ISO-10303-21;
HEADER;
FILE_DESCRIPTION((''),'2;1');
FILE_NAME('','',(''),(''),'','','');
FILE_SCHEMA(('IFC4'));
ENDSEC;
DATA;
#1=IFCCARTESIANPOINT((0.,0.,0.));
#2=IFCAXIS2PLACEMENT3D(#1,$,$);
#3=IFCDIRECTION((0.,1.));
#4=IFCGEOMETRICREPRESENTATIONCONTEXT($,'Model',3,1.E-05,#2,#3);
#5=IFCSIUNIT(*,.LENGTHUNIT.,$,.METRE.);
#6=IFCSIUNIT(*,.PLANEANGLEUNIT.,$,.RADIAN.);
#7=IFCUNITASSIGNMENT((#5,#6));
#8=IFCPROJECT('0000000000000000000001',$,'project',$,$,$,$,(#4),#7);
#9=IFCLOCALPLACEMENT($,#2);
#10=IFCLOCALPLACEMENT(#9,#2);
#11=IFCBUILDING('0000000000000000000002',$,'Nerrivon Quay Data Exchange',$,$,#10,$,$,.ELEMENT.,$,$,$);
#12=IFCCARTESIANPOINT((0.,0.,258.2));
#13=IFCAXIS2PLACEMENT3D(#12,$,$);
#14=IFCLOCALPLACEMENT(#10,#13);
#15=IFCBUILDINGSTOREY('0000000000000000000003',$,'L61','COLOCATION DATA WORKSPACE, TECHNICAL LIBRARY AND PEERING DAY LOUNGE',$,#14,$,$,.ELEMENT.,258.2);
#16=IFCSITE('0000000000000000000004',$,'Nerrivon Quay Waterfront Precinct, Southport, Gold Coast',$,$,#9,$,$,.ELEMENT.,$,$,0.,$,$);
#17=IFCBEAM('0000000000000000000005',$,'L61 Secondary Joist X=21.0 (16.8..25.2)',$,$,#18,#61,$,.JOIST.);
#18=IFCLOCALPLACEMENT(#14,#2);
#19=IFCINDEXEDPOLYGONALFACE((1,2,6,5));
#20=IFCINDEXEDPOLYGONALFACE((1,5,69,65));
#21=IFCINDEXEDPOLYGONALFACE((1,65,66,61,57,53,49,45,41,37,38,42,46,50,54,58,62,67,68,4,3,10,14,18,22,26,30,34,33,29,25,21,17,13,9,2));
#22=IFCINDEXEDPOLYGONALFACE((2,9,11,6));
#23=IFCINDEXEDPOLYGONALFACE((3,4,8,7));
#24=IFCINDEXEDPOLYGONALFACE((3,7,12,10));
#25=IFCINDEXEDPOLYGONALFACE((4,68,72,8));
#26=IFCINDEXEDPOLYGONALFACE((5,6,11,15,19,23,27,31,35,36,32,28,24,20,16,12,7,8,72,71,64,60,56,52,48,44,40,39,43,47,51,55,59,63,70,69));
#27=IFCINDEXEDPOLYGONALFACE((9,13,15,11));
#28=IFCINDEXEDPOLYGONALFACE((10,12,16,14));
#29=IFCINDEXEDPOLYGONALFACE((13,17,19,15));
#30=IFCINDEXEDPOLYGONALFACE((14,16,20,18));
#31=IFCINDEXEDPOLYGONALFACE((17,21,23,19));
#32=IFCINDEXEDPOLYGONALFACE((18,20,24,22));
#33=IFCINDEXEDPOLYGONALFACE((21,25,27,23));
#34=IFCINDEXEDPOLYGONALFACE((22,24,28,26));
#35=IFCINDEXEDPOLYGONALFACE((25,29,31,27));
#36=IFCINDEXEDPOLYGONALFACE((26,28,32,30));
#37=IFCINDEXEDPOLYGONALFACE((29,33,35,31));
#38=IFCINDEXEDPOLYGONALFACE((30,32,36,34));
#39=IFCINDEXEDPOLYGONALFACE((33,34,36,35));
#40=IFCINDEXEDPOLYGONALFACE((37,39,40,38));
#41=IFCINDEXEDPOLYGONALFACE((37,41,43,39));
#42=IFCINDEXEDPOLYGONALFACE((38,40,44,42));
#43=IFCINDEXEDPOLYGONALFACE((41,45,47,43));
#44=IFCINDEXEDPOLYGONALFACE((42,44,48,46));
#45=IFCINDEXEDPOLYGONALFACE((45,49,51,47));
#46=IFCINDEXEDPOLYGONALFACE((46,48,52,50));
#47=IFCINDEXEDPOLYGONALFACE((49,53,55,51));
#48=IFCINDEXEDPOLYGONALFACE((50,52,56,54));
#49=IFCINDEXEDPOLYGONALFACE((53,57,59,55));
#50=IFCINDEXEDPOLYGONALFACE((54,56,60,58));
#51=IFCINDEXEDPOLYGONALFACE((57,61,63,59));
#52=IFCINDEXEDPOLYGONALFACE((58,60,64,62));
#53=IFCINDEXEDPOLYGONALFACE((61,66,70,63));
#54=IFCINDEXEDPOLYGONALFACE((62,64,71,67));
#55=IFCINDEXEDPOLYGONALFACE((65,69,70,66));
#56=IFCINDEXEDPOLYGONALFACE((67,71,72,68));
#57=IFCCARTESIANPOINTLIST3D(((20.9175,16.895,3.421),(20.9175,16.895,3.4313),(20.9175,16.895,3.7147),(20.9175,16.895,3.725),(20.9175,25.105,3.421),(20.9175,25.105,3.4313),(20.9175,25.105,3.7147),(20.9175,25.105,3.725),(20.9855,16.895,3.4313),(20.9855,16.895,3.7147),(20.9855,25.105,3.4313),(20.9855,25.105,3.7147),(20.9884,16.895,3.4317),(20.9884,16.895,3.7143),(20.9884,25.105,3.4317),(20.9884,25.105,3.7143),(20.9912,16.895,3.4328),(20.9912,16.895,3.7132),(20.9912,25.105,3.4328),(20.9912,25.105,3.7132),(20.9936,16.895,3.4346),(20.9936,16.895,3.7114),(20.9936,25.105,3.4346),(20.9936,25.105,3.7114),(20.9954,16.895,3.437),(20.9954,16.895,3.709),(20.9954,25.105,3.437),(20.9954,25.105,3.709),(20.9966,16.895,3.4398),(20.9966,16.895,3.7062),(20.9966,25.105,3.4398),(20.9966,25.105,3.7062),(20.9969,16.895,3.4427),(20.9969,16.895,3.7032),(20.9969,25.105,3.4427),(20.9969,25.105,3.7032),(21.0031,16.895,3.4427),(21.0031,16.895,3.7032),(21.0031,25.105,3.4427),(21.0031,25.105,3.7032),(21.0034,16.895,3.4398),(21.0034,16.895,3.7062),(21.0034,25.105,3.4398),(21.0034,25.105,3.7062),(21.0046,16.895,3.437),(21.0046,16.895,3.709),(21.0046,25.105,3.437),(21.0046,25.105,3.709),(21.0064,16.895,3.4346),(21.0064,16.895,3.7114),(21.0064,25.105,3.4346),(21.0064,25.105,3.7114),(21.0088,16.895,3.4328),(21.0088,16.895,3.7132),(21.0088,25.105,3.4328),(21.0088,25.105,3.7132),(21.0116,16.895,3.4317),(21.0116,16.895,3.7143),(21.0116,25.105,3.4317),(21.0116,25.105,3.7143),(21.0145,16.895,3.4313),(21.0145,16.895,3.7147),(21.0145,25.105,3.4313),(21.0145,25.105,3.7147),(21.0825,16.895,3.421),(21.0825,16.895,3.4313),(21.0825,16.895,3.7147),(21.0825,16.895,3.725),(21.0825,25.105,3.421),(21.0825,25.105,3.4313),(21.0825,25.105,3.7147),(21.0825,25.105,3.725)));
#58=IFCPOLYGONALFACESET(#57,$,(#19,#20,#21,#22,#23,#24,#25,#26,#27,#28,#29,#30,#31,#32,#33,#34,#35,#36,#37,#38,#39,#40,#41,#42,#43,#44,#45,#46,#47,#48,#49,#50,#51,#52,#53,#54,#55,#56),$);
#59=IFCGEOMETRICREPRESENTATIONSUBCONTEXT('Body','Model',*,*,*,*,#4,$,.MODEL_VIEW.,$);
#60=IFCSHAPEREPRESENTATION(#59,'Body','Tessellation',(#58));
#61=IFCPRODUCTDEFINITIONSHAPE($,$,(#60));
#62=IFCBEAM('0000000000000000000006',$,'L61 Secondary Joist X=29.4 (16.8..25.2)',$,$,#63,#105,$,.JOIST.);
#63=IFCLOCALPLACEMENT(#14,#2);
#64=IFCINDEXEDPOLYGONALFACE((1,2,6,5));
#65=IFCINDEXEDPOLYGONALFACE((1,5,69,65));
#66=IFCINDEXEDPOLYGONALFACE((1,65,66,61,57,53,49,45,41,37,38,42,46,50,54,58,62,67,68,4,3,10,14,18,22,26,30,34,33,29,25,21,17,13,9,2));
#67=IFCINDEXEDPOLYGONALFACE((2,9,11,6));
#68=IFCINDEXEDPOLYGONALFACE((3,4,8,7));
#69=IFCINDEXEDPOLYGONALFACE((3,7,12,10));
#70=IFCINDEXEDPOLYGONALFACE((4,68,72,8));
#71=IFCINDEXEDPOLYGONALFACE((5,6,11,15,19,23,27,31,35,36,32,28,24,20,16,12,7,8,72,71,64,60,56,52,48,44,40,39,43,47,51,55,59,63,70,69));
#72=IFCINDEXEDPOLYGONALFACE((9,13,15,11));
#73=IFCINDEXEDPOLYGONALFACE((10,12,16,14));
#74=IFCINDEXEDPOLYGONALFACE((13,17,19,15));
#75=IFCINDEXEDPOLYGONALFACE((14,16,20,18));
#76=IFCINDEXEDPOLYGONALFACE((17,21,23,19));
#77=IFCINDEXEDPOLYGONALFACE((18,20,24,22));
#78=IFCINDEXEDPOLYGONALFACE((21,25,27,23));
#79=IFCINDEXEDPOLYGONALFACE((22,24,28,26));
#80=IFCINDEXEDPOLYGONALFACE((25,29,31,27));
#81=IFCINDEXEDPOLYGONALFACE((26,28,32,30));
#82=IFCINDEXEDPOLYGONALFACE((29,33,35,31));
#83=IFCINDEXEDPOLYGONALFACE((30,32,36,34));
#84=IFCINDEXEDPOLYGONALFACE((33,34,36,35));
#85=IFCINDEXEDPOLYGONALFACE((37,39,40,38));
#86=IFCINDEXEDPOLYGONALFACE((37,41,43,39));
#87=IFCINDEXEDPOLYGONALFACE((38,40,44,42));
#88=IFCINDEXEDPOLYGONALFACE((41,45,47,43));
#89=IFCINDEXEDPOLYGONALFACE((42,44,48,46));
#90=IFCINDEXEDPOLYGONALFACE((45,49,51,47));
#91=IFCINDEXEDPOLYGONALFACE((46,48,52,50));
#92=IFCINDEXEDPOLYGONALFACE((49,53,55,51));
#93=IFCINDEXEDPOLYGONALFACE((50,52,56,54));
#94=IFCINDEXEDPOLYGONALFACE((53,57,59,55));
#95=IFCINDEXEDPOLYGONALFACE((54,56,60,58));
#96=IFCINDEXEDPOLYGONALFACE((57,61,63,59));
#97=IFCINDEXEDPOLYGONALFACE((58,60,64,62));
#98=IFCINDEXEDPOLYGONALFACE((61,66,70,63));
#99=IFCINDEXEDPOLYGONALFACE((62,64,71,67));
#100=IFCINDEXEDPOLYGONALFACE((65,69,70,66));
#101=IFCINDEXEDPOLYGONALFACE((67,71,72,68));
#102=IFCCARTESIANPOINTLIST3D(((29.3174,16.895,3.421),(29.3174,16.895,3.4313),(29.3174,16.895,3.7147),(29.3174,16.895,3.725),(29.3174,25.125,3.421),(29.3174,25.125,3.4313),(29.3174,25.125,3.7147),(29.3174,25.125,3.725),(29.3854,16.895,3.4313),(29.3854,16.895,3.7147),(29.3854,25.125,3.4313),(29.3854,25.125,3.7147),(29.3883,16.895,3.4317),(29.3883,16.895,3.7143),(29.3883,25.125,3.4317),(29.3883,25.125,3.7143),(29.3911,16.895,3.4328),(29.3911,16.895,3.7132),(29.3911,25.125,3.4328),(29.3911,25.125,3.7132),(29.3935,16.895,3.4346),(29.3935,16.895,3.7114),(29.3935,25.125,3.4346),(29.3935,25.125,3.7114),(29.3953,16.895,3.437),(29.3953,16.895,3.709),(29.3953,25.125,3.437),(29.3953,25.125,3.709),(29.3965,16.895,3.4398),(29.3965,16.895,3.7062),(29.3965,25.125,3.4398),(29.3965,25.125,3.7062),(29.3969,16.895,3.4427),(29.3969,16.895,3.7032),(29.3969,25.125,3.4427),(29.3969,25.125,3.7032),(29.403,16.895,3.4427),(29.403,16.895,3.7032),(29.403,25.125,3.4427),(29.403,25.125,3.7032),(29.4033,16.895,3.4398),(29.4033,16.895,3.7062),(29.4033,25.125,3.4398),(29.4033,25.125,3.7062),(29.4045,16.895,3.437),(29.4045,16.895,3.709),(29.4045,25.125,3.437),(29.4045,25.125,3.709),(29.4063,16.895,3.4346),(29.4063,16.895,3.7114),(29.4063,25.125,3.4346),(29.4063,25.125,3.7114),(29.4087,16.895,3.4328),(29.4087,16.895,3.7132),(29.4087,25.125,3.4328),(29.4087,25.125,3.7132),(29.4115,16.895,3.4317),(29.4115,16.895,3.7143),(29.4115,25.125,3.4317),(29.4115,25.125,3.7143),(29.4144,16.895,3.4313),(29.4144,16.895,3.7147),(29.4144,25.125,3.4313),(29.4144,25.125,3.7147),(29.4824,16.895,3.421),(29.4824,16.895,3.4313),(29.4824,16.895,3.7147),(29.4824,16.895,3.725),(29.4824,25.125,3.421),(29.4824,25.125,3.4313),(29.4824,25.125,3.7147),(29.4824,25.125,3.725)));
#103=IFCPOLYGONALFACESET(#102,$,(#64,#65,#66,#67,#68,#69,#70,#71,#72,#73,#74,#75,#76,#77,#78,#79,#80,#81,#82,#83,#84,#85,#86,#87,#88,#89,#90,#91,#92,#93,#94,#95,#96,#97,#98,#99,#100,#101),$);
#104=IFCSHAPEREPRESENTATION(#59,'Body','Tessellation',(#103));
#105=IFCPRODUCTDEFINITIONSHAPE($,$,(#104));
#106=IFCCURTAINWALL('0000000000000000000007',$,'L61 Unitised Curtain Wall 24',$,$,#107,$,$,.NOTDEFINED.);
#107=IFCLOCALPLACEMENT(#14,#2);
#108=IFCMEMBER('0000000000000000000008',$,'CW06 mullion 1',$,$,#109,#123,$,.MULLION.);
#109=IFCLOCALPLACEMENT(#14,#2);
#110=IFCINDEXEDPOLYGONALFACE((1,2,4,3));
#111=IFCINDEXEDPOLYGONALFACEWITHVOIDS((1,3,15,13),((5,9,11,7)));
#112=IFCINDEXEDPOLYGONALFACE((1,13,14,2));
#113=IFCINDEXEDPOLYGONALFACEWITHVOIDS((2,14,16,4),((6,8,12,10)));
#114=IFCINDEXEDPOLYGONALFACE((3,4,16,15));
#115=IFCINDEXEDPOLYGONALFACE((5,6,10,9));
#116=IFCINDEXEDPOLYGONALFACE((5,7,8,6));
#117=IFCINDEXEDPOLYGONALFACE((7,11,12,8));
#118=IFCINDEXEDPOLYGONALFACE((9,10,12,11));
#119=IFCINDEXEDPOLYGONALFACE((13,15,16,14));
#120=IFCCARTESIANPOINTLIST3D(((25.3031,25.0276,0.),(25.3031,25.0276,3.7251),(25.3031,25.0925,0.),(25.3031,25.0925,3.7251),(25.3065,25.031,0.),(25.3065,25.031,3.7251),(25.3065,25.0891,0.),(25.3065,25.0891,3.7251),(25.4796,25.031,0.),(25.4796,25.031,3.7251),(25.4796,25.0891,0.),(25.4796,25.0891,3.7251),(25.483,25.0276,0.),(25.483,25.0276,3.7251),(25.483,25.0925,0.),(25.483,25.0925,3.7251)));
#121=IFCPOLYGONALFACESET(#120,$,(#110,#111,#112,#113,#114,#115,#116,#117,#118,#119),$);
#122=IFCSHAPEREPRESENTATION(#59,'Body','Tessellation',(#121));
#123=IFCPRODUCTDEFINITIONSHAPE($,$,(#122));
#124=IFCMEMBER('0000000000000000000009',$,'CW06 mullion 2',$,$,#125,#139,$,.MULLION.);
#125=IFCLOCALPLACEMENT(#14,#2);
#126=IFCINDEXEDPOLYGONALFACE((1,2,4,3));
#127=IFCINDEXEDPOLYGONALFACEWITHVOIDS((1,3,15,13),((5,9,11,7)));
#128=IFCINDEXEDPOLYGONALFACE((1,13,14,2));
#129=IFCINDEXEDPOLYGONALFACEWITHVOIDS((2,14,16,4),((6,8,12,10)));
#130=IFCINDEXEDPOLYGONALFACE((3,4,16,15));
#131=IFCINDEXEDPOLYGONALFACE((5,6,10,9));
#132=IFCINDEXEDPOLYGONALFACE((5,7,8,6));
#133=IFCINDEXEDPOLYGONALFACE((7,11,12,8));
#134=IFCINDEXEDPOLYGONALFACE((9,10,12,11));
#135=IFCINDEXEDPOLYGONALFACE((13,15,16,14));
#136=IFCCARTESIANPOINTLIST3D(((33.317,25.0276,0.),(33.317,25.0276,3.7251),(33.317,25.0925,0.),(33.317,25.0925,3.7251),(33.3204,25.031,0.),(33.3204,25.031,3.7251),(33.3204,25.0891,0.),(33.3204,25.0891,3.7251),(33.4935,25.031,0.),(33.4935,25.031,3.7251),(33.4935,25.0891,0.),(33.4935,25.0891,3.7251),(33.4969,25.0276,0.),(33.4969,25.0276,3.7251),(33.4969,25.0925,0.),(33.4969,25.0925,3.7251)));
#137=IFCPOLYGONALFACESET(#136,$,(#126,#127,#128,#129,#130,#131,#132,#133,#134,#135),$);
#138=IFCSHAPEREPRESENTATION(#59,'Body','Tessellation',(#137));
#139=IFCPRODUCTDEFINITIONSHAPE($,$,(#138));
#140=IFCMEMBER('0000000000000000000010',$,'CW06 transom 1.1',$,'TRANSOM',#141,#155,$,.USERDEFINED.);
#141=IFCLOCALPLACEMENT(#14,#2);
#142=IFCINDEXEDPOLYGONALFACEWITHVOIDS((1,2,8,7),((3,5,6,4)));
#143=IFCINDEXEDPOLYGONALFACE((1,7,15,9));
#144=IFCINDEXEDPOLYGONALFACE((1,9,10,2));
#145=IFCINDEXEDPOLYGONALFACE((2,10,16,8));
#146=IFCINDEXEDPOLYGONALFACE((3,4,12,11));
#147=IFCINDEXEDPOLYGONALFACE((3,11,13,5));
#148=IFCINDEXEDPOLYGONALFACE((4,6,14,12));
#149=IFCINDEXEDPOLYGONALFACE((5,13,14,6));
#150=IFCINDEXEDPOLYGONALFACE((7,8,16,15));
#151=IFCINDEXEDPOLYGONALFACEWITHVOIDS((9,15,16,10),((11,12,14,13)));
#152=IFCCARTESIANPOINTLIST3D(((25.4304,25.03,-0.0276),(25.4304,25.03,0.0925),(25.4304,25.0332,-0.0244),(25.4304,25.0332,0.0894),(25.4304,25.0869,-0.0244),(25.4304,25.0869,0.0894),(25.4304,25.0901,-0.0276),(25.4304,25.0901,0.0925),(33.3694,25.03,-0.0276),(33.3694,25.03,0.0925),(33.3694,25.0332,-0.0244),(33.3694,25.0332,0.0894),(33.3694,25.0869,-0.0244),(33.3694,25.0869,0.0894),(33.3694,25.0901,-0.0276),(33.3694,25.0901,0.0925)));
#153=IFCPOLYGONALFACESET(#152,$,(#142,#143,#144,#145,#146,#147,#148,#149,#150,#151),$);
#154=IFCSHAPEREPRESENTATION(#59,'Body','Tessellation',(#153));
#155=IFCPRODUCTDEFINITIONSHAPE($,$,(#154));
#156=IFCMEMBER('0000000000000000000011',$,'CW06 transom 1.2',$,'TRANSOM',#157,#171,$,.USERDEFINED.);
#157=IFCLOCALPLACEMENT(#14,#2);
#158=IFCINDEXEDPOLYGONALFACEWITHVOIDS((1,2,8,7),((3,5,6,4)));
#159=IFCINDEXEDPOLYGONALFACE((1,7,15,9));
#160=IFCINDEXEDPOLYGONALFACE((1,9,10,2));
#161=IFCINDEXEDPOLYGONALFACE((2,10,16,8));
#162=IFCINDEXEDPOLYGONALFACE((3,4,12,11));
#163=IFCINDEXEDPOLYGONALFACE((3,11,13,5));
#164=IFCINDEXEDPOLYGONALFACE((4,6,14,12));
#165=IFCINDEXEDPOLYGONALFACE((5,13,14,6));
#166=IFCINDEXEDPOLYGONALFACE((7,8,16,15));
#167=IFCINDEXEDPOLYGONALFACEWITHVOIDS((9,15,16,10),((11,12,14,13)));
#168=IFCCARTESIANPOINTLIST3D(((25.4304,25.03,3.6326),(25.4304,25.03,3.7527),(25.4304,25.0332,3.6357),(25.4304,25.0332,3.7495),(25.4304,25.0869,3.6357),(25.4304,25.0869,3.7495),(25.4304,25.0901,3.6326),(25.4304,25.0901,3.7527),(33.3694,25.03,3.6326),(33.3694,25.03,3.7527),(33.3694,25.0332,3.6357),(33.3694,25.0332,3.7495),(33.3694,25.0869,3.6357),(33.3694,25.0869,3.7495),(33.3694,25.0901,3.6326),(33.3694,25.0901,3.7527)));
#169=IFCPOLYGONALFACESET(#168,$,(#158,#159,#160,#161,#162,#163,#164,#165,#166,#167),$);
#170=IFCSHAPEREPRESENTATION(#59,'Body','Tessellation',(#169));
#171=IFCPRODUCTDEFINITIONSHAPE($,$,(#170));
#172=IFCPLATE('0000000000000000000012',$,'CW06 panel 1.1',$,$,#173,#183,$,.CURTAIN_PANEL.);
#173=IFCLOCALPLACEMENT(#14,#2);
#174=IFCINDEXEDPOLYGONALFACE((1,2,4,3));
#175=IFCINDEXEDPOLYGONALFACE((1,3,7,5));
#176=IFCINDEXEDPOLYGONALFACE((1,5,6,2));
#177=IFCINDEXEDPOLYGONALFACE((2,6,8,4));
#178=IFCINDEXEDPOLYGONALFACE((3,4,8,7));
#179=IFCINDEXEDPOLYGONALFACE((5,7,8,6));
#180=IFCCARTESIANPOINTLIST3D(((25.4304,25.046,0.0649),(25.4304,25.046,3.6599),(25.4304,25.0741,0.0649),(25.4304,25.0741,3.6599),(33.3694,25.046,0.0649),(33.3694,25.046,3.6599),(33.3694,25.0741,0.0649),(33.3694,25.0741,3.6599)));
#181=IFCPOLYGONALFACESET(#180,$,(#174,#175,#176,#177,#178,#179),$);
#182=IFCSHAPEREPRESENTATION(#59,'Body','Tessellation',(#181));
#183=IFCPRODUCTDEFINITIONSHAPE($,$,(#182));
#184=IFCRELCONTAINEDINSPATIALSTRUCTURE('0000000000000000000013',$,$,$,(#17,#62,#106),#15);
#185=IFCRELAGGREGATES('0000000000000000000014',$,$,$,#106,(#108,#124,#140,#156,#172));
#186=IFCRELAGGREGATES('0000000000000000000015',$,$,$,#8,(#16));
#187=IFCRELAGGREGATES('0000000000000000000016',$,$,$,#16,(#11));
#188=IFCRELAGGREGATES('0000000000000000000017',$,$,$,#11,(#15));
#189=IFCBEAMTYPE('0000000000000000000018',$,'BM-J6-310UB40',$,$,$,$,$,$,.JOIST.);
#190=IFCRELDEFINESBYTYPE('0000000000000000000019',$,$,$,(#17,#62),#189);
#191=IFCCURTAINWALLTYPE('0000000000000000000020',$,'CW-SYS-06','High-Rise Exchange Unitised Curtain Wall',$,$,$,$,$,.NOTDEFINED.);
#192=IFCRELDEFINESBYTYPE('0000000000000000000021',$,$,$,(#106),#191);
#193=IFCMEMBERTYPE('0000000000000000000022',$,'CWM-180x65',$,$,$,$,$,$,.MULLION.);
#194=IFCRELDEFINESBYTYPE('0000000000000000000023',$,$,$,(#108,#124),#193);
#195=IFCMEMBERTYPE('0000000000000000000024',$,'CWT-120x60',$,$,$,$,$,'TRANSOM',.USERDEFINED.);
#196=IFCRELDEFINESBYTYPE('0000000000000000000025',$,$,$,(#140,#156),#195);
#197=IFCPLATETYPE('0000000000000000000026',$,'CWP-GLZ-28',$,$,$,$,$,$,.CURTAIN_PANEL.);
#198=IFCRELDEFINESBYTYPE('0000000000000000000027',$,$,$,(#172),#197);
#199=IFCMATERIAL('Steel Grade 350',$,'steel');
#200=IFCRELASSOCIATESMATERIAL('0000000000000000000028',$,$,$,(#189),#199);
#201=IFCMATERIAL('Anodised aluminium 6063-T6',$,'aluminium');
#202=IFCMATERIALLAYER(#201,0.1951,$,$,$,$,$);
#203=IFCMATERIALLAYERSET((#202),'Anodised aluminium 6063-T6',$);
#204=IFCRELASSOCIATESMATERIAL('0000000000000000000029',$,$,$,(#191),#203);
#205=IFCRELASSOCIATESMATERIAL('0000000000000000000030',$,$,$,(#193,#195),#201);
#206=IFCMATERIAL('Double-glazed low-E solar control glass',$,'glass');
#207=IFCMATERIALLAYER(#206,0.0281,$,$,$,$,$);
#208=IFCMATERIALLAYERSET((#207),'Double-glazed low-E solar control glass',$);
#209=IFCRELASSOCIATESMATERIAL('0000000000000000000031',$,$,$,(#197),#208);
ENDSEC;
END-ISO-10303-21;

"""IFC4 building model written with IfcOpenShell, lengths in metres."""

from ifc_helpers import new_model, si_unit, direction, frame, origin, origin_2d, place, context, subcontext, project, spatial, rectangle, hollow_rectangle, i_section, extrude, material, layer, layer_set, material_profile, profile_set, type_object, element, aggregate, save


model = new_model("IFC4")

# Units and contexts
model_context = context("Model", 3, precision=1e-05, world=origin(), true_north=direction((0.0, 1.0)))
body_context = subcontext(model_context, "Body", "Model", "MODEL_VIEW")
ifc_project = project(units=[si_unit("LENGTHUNIT", "METRE"), si_unit("PLANEANGLEUNIT", "RADIAN")], contexts=[model_context])

# Site, building, storey
site_placement = place(None, origin())
site = spatial("IfcSite", under=ifc_project, at=site_placement, Name="Nerrivon Quay Waterfront Precinct, Southport, Gold Coast", CompositionType="ELEMENT", RefElevation=0.0)
building_placement = place(site_placement, origin())
building = spatial("IfcBuilding", under=site, at=building_placement, Name="Nerrivon Quay Data Exchange", CompositionType="ELEMENT")
storey_placement = place(building_placement, frame((0.0, 0.0, 258.2)))
storey = spatial("IfcBuildingStorey", under=building, at=storey_placement, Name="L61", Description="COLOCATION DATA WORKSPACE, TECHNICAL LIBRARY AND PEERING DAY LOUNGE", CompositionType="ELEMENT", Elevation=258.2)

# Beams
ifc_material_1 = material(Name="Steel Grade 350", Category="steel")
ifc_material_profile_1 = material_profile(ifc_material_1, i_section(OverallWidth=0.165, OverallDepth=0.304, WebThickness=0.0061, FlangeThickness=0.0103, FilletRadius=0.0115, at=origin_2d()), Name="310UB40.4")
ifc_profile_set_1 = profile_set([ifc_material_profile_1], Name="Steel Grade 350")
beam_type_1 = type_object("IfcBeamType", Name="BM-J6-310UB40", PredefinedType="JOIST", material=ifc_profile_set_1)
beam_1_placement = place(storey_placement, frame((21.0, 16.895, 3.573), z_axis=(0.0, 1.0, 0.0), x_axis=(-1.0, 0.0, 0.0)))
element("IfcBeam", 1, at=beam_1_placement, inside=storey, type_object=beam_type_1, Name="L61 Secondary Joist X=21.0 (16.8..25.2)", PredefinedType="JOIST", context=body_context, shape_type="SweptSolid", body=[
    extrude(i_section(OverallWidth=0.165, OverallDepth=0.304, WebThickness=0.0061, FlangeThickness=0.0103, FilletRadius=0.0115, at=origin_2d()), origin(), (0.0, 0.0, 1.0), 8.21),
])
beam_2_placement = place(storey_placement, frame((29.3999, 16.895, 3.573), z_axis=(0.0, 1.0, 0.0), x_axis=(-1.0, 0.0, 0.0)))
element("IfcBeam", 2, at=beam_2_placement, inside=storey, type_object=beam_type_1, Name="L61 Secondary Joist X=29.4 (16.8..25.2)", PredefinedType="JOIST", context=body_context, shape_type="SweptSolid", body=[
    extrude(i_section(OverallWidth=0.165, OverallDepth=0.304, WebThickness=0.0061, FlangeThickness=0.0103, FilletRadius=0.0115, at=origin_2d()), origin(), (0.0, 0.0, 1.0), 8.23),
])

# Curtain wall, members, plate
ifc_material_2 = material(Name="Anodised aluminium 6063-T6", Category="aluminium")
ifc_layer_1 = layer(ifc_material_2, 0.1951)
ifc_layer_set_1 = layer_set([ifc_layer_1], Name="Anodised aluminium 6063-T6")
curtain_wall_type = type_object("IfcCurtainWallType", Name="CW-SYS-06", Description="High-Rise Exchange Unitised Curtain Wall", PredefinedType="NOTDEFINED", material=ifc_layer_set_1)
curtain_wall_placement = place(storey_placement, origin())
curtain_wall = element("IfcCurtainWall", 3, at=curtain_wall_placement, inside=storey, type_object=curtain_wall_type, Name="L61 Unitised Curtain Wall 24", PredefinedType="NOTDEFINED")
ifc_material_profile_2 = material_profile(ifc_material_2, hollow_rectangle(XDim=0.0649, YDim=0.1799, WallThickness=0.0034, at=origin_2d()), Name="ALU-MULL-180x65")
ifc_profile_set_2 = profile_set([ifc_material_profile_2], Name="Anodised aluminium 6063-T6")
member_type_1 = type_object("IfcMemberType", Name="CWM-180x65", PredefinedType="MULLION", material=ifc_profile_set_2)
member_1_placement = place(storey_placement, frame((25.3931, 25.0601, 0.0), z_axis=(0.0, 0.0, 1.0), x_axis=(0.0, 1.0, 0.0)))
member_1 = element("IfcMember", 4, at=member_1_placement, type_object=member_type_1, Name="CW06 mullion 1", PredefinedType="MULLION", context=body_context, shape_type="SweptSolid", body=[
    extrude(hollow_rectangle(XDim=0.0649, YDim=0.1799, WallThickness=0.0034, at=origin_2d()), origin(), (0.0, 0.0, 1.0), 3.7251),
])
member_2_placement = place(storey_placement, frame((33.407, 25.0601, 0.0), z_axis=(0.0, 0.0, 1.0), x_axis=(0.0, 1.0, 0.0)))
member_2 = element("IfcMember", 5, at=member_2_placement, type_object=member_type_1, Name="CW06 mullion 2", PredefinedType="MULLION", context=body_context, shape_type="SweptSolid", body=[
    extrude(hollow_rectangle(XDim=0.0649, YDim=0.1799, WallThickness=0.0034, at=origin_2d()), origin(), (0.0, 0.0, 1.0), 3.7251),
])
ifc_material_profile_3 = material_profile(ifc_material_2, hollow_rectangle(XDim=0.0601, YDim=0.1201, WallThickness=0.0032, at=origin_2d()), Name="ALU-TRAN-120x60")
ifc_profile_set_3 = profile_set([ifc_material_profile_3], Name="Anodised aluminium 6063-T6")
member_type_2 = type_object("IfcMemberType", Name="CWT-120x60", ElementType="TRANSOM", PredefinedType="USERDEFINED", material=ifc_profile_set_3)
member_3_placement = place(storey_placement, frame((25.4304, 25.0601, 0.0325), z_axis=(1.0, 0.0, 0.0), x_axis=(0.0, 1.0, 0.0)))
member_3 = element("IfcMember", 6, at=member_3_placement, type_object=member_type_2, Name="CW06 transom 1.1", ObjectType="TRANSOM", PredefinedType="USERDEFINED", context=body_context, shape_type="SweptSolid", body=[
    extrude(hollow_rectangle(XDim=0.0601, YDim=0.1201, WallThickness=0.0032, at=origin_2d()), origin(), (0.0, 0.0, 1.0), 7.939),
])
member_4_placement = place(storey_placement, frame((25.4304, 25.0601, 3.6926), z_axis=(1.0, 0.0, 0.0), x_axis=(0.0, 1.0, 0.0)))
member_4 = element("IfcMember", 7, at=member_4_placement, type_object=member_type_2, Name="CW06 transom 1.2", ObjectType="TRANSOM", PredefinedType="USERDEFINED", context=body_context, shape_type="SweptSolid", body=[
    extrude(hollow_rectangle(XDim=0.0601, YDim=0.1201, WallThickness=0.0032, at=origin_2d()), origin(), (0.0, 0.0, 1.0), 7.939),
])
ifc_material_3 = material(Name="Double-glazed low-E solar control glass", Category="glass")
ifc_layer_2 = layer(ifc_material_3, 0.0281)
ifc_layer_set_2 = layer_set([ifc_layer_2], Name="Double-glazed low-E solar control glass")
plate_type = type_object("IfcPlateType", Name="CWP-GLZ-28", PredefinedType="CURTAIN_PANEL", material=ifc_layer_set_2)
plate_placement = place(storey_placement, frame((29.3999, 25.0601, 0.0649), z_axis=(0.0, 0.0, 1.0), x_axis=(1.0, 0.0, 0.0)))
plate = element("IfcPlate", 8, at=plate_placement, type_object=plate_type, Name="CW06 panel 1.1", PredefinedType="CURTAIN_PANEL", context=body_context, shape_type="SweptSolid", body=[
    extrude(rectangle(XDim=7.939, YDim=0.0281, at=origin_2d()), origin(), (0.0, 0.0, 1.0), 3.595),
])
aggregate(curtain_wall, [member_1, member_2, member_3, member_4, plate])

save(model, "model.ifc")
